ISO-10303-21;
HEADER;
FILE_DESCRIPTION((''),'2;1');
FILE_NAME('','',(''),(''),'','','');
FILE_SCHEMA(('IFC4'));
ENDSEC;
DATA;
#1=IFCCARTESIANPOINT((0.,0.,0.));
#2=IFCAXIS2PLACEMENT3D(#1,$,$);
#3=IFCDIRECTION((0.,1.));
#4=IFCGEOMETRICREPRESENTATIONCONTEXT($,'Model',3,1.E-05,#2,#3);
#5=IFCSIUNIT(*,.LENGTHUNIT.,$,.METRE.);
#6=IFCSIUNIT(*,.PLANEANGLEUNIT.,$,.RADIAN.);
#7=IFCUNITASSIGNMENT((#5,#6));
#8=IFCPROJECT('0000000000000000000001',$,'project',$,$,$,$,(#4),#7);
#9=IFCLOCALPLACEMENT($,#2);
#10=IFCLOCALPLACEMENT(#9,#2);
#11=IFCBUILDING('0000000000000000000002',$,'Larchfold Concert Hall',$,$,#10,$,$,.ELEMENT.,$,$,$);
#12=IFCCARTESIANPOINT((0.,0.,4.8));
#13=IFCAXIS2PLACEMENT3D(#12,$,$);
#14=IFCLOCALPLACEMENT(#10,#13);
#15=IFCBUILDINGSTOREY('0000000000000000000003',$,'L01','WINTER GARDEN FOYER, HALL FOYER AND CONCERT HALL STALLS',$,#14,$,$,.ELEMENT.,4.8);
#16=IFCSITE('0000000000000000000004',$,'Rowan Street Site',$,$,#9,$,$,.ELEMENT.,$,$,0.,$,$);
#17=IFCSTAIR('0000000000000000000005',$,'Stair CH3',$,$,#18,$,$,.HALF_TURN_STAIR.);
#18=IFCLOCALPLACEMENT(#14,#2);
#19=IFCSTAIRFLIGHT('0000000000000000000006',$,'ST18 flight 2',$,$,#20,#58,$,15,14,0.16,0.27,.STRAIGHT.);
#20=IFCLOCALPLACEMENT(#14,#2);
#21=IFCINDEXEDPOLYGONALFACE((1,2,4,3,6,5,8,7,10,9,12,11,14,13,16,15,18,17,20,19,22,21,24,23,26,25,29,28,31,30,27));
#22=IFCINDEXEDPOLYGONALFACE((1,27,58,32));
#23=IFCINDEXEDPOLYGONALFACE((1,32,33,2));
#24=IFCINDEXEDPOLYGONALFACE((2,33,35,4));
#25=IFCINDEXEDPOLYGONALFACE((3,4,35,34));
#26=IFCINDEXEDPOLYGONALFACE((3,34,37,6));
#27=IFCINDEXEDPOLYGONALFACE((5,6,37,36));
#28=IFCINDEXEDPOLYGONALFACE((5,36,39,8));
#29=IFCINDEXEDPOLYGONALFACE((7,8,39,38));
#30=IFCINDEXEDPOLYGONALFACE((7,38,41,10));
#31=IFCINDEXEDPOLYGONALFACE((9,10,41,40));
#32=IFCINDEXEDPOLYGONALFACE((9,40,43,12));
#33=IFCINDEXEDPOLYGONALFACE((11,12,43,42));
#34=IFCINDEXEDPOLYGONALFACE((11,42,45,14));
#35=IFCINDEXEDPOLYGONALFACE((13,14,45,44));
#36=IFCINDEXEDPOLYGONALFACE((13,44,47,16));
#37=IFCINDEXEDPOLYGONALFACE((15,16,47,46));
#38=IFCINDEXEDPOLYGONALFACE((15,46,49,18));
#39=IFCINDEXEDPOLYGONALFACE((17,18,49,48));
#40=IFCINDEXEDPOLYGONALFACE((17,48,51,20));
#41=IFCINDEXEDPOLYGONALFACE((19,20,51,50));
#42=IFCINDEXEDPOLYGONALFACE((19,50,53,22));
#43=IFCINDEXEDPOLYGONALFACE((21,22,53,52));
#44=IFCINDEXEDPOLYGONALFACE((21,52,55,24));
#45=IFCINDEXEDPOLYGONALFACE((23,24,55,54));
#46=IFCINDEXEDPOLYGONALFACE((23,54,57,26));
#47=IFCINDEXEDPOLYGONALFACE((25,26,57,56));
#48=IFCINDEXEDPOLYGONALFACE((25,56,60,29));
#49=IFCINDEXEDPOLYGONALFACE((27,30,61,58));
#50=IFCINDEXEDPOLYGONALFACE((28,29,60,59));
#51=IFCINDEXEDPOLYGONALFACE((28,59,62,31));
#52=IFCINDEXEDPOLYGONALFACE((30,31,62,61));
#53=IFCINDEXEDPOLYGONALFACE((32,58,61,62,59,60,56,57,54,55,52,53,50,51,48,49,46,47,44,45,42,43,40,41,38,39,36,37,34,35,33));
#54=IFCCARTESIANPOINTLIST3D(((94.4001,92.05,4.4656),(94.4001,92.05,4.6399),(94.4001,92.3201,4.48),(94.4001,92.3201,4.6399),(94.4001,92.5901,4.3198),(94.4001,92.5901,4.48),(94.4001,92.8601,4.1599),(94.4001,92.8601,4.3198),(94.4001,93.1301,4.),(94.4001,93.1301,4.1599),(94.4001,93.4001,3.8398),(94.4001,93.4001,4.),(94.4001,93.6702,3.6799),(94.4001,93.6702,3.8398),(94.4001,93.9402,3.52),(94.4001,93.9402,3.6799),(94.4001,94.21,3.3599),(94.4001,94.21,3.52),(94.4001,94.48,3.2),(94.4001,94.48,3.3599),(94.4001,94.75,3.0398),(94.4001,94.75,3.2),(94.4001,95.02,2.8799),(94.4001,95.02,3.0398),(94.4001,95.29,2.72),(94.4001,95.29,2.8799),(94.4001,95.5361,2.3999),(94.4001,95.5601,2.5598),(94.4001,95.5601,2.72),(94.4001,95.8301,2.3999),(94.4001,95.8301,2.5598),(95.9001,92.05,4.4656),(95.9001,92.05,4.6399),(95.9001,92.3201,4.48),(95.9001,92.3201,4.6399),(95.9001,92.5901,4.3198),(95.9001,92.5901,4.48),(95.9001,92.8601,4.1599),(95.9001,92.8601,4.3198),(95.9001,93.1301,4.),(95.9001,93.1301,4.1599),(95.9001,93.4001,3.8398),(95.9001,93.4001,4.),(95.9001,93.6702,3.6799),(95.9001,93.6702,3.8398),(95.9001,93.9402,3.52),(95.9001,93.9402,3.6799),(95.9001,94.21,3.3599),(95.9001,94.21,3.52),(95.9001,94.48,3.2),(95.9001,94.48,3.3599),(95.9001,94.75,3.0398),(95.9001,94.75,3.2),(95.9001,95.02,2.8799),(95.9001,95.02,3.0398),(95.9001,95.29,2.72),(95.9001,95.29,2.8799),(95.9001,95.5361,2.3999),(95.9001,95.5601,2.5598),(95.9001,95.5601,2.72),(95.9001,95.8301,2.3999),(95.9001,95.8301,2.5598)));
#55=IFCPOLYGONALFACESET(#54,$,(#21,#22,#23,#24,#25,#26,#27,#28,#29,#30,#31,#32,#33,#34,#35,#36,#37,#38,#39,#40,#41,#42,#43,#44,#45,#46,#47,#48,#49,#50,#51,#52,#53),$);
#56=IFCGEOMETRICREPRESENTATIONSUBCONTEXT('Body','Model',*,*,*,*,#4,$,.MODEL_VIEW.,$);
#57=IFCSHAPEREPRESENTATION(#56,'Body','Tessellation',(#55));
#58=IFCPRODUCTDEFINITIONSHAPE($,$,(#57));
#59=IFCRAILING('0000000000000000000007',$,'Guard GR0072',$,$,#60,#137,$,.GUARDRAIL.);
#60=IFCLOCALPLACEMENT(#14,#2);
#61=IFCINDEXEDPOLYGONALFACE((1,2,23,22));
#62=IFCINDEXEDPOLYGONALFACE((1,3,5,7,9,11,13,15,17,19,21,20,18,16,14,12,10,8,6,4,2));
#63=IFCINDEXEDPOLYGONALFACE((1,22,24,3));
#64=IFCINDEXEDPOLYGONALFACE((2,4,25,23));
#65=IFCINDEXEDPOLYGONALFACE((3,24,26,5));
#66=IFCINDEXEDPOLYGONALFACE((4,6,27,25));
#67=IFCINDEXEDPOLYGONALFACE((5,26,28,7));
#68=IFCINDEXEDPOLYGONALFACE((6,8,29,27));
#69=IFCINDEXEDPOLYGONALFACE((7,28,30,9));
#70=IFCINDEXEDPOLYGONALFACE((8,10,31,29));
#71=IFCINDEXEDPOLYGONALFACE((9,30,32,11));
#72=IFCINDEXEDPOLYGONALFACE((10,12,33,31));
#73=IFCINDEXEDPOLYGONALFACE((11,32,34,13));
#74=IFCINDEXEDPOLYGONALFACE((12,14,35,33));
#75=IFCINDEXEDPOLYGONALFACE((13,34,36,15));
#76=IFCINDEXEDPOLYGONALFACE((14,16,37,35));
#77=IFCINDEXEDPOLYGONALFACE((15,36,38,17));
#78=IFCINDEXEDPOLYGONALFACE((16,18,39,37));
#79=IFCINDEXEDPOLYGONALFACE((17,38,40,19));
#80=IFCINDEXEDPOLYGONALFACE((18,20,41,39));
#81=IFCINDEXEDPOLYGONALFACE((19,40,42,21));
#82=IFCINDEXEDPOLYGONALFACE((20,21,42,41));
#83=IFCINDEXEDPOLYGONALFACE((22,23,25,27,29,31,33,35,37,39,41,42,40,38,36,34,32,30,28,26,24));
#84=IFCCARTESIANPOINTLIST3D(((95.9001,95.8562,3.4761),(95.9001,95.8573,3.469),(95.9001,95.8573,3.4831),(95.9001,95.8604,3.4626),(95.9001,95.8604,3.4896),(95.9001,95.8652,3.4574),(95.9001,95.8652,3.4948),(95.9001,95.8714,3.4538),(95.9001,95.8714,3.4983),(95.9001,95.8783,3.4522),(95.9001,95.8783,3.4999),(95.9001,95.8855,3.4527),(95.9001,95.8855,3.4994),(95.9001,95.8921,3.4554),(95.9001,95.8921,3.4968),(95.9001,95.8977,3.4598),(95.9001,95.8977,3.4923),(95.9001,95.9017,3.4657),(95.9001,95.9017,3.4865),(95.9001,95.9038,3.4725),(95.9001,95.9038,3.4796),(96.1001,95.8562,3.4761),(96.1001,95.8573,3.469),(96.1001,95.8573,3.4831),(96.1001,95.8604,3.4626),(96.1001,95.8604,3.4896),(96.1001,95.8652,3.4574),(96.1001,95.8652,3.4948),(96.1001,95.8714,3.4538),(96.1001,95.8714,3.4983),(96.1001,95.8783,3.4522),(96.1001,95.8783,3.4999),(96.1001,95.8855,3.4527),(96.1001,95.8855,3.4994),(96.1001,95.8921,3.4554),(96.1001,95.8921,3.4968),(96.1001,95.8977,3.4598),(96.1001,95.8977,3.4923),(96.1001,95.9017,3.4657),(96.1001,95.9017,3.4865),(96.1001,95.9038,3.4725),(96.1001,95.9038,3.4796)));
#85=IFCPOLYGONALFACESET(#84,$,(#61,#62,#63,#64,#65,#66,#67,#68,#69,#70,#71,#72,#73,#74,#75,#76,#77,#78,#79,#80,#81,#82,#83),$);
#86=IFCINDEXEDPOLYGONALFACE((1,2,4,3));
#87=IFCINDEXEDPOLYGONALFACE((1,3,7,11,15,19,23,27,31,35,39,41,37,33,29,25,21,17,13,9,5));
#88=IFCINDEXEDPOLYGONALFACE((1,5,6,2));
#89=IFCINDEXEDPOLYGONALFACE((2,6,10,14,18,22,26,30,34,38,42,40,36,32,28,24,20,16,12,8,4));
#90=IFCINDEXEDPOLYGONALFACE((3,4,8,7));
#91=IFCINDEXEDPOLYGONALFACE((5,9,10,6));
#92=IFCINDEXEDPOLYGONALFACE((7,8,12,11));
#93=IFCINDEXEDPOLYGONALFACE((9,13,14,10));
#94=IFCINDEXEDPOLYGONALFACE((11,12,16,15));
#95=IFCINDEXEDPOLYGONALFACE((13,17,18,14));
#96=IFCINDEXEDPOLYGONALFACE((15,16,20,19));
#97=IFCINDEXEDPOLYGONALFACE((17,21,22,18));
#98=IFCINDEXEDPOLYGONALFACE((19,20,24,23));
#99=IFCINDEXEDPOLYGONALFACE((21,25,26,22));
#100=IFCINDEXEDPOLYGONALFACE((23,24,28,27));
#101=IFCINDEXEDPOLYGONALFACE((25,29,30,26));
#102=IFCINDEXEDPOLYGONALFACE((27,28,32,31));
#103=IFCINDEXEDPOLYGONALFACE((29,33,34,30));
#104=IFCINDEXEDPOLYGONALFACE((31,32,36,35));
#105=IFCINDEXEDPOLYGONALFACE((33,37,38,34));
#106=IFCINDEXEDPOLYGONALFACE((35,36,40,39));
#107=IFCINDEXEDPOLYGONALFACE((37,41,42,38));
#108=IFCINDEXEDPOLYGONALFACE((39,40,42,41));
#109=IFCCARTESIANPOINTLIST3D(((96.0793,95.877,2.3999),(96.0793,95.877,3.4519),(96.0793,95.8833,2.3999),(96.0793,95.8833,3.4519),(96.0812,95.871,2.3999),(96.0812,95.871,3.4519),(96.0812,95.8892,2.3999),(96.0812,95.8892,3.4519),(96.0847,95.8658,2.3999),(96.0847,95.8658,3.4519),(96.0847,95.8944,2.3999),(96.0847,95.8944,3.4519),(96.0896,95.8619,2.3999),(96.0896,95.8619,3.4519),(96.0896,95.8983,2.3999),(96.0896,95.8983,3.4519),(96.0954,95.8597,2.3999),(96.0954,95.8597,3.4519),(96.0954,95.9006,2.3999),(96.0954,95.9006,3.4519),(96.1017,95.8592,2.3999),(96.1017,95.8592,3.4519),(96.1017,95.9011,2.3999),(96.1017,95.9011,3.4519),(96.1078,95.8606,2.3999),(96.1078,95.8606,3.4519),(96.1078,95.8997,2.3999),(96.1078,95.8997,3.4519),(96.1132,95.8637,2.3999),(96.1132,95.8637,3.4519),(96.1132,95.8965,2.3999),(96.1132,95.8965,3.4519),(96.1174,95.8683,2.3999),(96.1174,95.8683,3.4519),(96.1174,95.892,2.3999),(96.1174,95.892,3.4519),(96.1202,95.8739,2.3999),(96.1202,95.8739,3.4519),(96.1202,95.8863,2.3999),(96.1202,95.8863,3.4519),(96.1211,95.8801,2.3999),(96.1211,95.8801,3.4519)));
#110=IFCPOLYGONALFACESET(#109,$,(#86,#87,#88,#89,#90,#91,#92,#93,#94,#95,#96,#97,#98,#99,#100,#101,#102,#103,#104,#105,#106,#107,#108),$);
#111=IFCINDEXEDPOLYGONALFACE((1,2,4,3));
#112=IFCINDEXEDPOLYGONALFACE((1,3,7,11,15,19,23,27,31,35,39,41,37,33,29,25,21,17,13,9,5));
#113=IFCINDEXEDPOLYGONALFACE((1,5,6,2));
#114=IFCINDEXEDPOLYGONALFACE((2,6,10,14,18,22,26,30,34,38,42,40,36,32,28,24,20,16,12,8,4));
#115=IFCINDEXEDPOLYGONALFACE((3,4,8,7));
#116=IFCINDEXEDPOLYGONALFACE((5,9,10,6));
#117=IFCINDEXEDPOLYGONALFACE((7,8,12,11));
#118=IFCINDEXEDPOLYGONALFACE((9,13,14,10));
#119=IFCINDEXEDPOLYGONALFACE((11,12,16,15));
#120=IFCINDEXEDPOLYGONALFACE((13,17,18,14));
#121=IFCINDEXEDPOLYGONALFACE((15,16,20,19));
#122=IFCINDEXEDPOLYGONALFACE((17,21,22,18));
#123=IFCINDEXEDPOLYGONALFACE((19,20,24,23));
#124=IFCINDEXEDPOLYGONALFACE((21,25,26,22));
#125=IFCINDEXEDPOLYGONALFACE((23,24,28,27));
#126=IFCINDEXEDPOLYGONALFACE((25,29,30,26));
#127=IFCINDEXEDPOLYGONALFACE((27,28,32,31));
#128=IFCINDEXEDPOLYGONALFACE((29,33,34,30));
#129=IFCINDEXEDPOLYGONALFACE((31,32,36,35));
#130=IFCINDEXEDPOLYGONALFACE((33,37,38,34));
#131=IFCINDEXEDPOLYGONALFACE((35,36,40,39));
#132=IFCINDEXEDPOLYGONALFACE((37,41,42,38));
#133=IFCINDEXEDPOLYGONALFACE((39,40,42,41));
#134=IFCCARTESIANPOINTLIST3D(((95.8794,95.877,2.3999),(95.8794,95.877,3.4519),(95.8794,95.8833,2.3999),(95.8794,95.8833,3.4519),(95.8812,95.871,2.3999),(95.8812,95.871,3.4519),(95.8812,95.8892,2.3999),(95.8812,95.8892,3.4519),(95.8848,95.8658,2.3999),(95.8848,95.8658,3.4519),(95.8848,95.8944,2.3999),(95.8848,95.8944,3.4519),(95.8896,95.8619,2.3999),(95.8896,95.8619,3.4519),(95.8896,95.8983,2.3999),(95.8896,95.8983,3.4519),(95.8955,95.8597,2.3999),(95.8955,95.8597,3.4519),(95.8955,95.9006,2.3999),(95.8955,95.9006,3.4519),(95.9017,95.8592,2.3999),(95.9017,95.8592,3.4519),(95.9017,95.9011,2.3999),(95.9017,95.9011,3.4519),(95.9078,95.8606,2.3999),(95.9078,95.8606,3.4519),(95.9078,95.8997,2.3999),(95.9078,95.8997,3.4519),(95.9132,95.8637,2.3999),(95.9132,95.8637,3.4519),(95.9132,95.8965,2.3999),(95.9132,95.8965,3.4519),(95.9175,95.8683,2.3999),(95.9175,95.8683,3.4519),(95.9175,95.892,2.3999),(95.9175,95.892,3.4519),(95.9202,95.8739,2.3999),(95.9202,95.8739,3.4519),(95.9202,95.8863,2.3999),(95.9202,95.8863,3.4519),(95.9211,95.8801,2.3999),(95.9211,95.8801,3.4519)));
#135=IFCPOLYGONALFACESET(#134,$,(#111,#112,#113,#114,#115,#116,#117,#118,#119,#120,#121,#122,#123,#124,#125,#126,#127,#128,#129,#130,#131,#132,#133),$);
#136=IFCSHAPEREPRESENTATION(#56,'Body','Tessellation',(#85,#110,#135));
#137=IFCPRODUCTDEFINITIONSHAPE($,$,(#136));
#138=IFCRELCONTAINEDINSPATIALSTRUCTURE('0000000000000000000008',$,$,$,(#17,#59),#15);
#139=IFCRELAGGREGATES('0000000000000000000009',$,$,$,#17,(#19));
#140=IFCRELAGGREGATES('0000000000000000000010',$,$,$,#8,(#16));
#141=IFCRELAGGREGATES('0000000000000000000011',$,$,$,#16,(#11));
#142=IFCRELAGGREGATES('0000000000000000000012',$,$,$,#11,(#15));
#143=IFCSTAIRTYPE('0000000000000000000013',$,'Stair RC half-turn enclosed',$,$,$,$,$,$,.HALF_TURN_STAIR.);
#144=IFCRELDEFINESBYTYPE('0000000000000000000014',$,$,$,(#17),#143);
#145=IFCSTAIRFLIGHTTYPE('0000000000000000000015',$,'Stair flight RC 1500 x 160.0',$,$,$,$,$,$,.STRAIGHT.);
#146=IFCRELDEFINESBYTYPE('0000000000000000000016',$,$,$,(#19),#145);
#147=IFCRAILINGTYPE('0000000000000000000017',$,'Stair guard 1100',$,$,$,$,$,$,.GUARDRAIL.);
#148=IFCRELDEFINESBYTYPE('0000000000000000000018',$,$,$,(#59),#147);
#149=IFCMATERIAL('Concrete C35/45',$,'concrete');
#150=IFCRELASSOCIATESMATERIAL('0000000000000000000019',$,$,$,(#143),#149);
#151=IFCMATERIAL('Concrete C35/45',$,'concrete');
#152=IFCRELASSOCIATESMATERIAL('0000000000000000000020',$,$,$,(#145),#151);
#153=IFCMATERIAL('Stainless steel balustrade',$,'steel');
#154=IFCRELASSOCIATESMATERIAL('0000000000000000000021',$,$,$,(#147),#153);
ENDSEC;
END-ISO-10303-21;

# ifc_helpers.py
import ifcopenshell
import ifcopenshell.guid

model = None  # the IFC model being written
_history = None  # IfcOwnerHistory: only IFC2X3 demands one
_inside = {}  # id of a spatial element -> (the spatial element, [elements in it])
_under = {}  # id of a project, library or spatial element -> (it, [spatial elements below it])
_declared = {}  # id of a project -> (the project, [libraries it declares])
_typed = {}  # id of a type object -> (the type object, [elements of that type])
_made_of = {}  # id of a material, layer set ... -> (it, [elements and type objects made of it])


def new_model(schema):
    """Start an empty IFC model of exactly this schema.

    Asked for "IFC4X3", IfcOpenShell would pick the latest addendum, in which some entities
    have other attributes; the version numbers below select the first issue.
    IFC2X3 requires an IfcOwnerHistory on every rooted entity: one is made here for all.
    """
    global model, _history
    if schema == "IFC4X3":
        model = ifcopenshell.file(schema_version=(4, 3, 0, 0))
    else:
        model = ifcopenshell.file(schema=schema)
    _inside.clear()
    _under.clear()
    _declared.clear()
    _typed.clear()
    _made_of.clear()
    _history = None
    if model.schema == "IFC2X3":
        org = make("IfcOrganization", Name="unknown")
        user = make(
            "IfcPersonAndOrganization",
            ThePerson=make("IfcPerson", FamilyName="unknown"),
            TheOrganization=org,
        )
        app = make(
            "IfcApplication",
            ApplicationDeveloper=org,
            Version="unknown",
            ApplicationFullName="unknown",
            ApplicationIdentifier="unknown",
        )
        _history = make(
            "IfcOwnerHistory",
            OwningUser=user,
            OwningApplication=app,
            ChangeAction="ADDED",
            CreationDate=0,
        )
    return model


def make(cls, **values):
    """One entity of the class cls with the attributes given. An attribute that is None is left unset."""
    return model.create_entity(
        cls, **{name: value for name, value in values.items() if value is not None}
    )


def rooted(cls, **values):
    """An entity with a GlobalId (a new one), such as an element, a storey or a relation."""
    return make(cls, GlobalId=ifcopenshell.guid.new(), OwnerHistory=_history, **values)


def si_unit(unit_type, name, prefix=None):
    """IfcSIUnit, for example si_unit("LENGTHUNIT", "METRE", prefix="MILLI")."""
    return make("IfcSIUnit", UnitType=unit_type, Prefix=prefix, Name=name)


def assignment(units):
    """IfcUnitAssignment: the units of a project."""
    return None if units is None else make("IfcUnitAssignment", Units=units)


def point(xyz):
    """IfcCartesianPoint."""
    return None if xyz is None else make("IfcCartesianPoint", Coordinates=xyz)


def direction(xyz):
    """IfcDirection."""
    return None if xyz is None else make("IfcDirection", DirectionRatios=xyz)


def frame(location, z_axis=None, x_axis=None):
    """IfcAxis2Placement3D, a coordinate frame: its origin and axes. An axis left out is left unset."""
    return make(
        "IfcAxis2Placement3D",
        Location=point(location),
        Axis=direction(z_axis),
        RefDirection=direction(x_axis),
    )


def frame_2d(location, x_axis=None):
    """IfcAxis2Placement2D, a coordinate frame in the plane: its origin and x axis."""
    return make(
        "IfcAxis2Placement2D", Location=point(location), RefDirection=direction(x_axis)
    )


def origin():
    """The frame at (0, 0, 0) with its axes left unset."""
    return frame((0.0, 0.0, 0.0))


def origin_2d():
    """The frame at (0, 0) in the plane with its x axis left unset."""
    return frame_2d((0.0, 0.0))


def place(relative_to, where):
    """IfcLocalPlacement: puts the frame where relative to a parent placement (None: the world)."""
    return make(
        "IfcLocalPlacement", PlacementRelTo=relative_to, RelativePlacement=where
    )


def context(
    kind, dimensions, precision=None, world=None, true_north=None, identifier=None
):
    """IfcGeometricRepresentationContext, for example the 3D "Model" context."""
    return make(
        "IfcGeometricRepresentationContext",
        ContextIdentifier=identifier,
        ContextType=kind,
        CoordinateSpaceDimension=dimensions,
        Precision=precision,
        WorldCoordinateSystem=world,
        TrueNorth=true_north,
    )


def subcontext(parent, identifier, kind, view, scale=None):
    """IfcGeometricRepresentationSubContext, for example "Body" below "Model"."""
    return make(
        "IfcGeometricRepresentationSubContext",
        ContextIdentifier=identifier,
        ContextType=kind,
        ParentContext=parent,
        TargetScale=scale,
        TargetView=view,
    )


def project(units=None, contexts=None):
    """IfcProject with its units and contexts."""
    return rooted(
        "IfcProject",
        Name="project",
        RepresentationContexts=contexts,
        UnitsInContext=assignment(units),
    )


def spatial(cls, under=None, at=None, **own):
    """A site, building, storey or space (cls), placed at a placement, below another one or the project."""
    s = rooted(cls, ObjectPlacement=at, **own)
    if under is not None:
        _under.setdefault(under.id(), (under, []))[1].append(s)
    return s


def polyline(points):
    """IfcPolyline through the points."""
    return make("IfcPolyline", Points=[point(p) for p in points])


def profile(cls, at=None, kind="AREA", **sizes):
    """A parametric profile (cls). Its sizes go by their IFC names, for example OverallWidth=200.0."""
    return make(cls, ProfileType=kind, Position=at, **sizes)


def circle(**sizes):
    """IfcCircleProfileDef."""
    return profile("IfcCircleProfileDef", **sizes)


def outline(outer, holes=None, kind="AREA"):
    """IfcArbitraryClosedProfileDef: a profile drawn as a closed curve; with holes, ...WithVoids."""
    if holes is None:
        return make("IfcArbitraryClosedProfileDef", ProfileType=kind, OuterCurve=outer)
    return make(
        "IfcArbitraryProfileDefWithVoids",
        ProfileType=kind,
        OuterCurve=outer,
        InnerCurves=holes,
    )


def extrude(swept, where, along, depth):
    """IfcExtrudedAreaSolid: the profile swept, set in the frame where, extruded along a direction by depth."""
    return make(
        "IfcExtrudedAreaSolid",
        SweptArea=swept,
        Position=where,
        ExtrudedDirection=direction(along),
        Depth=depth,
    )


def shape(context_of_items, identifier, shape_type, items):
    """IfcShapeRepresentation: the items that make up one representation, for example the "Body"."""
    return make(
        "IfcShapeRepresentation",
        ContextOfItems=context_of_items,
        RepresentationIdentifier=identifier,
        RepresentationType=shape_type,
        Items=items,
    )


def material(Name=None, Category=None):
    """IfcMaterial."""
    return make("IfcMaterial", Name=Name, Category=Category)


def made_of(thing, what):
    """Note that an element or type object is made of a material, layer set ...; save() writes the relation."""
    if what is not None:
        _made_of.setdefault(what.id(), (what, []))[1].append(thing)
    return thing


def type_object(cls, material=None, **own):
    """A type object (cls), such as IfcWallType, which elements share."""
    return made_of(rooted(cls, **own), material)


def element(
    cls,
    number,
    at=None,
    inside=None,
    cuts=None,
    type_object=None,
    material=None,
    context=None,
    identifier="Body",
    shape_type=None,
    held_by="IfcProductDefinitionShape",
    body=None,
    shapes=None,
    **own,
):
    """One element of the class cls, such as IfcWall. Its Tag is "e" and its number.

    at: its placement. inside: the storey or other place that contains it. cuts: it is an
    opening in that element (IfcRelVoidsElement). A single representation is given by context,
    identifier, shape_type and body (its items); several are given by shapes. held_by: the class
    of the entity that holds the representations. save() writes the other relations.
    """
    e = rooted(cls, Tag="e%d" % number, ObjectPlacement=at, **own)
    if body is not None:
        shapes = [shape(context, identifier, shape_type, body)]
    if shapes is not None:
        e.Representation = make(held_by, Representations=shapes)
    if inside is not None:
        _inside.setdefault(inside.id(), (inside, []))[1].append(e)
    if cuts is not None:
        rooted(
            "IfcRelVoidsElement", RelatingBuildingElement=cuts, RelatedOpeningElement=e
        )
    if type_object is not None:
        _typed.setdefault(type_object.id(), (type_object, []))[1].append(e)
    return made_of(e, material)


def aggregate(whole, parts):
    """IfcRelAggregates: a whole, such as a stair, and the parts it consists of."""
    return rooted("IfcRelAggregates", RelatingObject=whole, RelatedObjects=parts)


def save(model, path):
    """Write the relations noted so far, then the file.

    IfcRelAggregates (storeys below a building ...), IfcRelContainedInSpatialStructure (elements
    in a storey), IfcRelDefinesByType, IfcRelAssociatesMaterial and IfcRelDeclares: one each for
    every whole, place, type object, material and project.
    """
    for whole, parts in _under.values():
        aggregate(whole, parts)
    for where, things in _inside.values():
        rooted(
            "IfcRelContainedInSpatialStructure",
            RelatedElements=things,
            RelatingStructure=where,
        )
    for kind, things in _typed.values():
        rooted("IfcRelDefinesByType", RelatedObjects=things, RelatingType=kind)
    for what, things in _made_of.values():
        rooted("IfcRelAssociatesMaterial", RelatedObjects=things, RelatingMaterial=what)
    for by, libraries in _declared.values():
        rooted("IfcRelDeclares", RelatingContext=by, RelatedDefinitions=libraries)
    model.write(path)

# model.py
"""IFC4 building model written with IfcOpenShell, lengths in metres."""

from ifc_helpers import new_model, si_unit, direction, frame, origin, origin_2d, place, context, subcontext, project, spatial, polyline, circle, outline, extrude, material, type_object, element, aggregate, save


model = new_model("IFC4")

# Units and contexts
model_context = context("Model", 3, precision=1e-05, world=origin(), true_north=direction((0.0, 1.0)))
body_context = subcontext(model_context, "Body", "Model", "MODEL_VIEW")
ifc_project = project(units=[si_unit("LENGTHUNIT", "METRE"), si_unit("PLANEANGLEUNIT", "RADIAN")], contexts=[model_context])

# Site, building, storey
site_placement = place(None, origin())
site = spatial("IfcSite", under=ifc_project, at=site_placement, Name="Rowan Street Site", CompositionType="ELEMENT", RefElevation=0.0)
building_placement = place(site_placement, origin())
building = spatial("IfcBuilding", under=site, at=building_placement, Name="Larchfold Concert Hall", CompositionType="ELEMENT")
storey_placement = place(building_placement, frame((0.0, 0.0, 4.8)))
storey = spatial("IfcBuildingStorey", under=building, at=storey_placement, Name="L01", Description="WINTER GARDEN FOYER, HALL FOYER AND CONCERT HALL STALLS", CompositionType="ELEMENT", Elevation=4.8)

# Stair, stair flight
ifc_material_1 = material(Name="Concrete C35/45", Category="concrete")
stair_type = type_object("IfcStairType", Name="Stair RC half-turn enclosed", PredefinedType="HALF_TURN_STAIR", material=ifc_material_1)
stair_placement = place(storey_placement, origin())
stair = element("IfcStair", 1, at=stair_placement, inside=storey, type_object=stair_type, Name="Stair CH3", PredefinedType="HALF_TURN_STAIR")
ifc_material_2 = material(Name="Concrete C35/45", Category="concrete")
stair_flight_type = type_object("IfcStairFlightType", Name="Stair flight RC 1500 x 160.0", PredefinedType="STRAIGHT", material=ifc_material_2)
stair_flight_placement = place(storey_placement, frame((95.1501, 95.8301, 2.3999), z_axis=(0.0, 0.0, 1.0), x_axis=(0.0, -1.0, 0.0)))
stair_flight = element("IfcStairFlight", 2, at=stair_flight_placement, type_object=stair_flight_type, Name="ST18 flight 2", NumberOfRisers=15, NumberOfTreads=14, PredefinedType="STRAIGHT", RiserHeight=0.16, TreadLength=0.27, context=body_context, shape_type="SweptSolid", body=[
    extrude(outline(polyline([(0.0, 0.0), (0.0, 0.1599), (0.27, 0.1599), (0.27, 0.3201), (0.54, 0.3201), (0.54, 0.48), (0.8101, 0.48), (0.8101, 0.6399), (1.0801, 0.6399), (1.0801, 0.8), (1.3501, 0.8), (1.3501, 0.96), (1.6201, 0.96), (1.6201, 1.1201), (1.8899, 1.1201), (1.8899, 1.28), (2.1599, 1.28), (2.1599, 1.4399), (2.4299, 1.4399), (2.4299, 1.6001), (2.7, 1.6001), (2.7, 1.76), (2.97, 1.76), (2.97, 1.9199), (3.24, 1.9199), (3.24, 2.0801), (3.51, 2.0801), (3.51, 2.24), (3.78, 2.24), (3.78, 2.3999), (3.78, 2.0657), (0.2939, 0.0), (0.0, 0.0)])), frame((0.0, 0.75, 0.0), z_axis=(0.0, -1.0, 0.0), x_axis=(1.0, 0.0, 0.0)), (0.0, 0.0, 1.0), 1.5),
])
aggregate(stair, [stair_flight])

# Railing
ifc_material_3 = material(Name="Stainless steel balustrade", Category="steel")
railing_type_1 = type_object("IfcRailingType", Name="Stair guard 1100", PredefinedType="GUARDRAIL", material=ifc_material_3)
railing_1_placement = place(storey_placement, frame((96.1001, 95.8801, 2.3999)))
element("IfcRailing", 3, at=railing_1_placement, inside=storey, type_object=railing_type_1, Name="Guard GR0072", PredefinedType="GUARDRAIL", context=body_context, shape_type="SweptSolid", body=[
    extrude(circle(Radius=0.0239, at=origin_2d()), frame((0.0, 0.0, 1.0762), z_axis=(-1.0, 0.0, 0.0), x_axis=(0.0, -1.0, 0.0)), (0.0, 0.0, 1.0), 0.2),
    extrude(circle(Radius=0.021, at=origin_2d()), origin(), (0.0, 0.0, 1.0), 1.052),
    extrude(circle(Radius=0.021, at=origin_2d()), frame((-0.2, 0.0, 0.0)), (0.0, 0.0, 1.0), 1.052),
])

save(model, "model.ifc")
